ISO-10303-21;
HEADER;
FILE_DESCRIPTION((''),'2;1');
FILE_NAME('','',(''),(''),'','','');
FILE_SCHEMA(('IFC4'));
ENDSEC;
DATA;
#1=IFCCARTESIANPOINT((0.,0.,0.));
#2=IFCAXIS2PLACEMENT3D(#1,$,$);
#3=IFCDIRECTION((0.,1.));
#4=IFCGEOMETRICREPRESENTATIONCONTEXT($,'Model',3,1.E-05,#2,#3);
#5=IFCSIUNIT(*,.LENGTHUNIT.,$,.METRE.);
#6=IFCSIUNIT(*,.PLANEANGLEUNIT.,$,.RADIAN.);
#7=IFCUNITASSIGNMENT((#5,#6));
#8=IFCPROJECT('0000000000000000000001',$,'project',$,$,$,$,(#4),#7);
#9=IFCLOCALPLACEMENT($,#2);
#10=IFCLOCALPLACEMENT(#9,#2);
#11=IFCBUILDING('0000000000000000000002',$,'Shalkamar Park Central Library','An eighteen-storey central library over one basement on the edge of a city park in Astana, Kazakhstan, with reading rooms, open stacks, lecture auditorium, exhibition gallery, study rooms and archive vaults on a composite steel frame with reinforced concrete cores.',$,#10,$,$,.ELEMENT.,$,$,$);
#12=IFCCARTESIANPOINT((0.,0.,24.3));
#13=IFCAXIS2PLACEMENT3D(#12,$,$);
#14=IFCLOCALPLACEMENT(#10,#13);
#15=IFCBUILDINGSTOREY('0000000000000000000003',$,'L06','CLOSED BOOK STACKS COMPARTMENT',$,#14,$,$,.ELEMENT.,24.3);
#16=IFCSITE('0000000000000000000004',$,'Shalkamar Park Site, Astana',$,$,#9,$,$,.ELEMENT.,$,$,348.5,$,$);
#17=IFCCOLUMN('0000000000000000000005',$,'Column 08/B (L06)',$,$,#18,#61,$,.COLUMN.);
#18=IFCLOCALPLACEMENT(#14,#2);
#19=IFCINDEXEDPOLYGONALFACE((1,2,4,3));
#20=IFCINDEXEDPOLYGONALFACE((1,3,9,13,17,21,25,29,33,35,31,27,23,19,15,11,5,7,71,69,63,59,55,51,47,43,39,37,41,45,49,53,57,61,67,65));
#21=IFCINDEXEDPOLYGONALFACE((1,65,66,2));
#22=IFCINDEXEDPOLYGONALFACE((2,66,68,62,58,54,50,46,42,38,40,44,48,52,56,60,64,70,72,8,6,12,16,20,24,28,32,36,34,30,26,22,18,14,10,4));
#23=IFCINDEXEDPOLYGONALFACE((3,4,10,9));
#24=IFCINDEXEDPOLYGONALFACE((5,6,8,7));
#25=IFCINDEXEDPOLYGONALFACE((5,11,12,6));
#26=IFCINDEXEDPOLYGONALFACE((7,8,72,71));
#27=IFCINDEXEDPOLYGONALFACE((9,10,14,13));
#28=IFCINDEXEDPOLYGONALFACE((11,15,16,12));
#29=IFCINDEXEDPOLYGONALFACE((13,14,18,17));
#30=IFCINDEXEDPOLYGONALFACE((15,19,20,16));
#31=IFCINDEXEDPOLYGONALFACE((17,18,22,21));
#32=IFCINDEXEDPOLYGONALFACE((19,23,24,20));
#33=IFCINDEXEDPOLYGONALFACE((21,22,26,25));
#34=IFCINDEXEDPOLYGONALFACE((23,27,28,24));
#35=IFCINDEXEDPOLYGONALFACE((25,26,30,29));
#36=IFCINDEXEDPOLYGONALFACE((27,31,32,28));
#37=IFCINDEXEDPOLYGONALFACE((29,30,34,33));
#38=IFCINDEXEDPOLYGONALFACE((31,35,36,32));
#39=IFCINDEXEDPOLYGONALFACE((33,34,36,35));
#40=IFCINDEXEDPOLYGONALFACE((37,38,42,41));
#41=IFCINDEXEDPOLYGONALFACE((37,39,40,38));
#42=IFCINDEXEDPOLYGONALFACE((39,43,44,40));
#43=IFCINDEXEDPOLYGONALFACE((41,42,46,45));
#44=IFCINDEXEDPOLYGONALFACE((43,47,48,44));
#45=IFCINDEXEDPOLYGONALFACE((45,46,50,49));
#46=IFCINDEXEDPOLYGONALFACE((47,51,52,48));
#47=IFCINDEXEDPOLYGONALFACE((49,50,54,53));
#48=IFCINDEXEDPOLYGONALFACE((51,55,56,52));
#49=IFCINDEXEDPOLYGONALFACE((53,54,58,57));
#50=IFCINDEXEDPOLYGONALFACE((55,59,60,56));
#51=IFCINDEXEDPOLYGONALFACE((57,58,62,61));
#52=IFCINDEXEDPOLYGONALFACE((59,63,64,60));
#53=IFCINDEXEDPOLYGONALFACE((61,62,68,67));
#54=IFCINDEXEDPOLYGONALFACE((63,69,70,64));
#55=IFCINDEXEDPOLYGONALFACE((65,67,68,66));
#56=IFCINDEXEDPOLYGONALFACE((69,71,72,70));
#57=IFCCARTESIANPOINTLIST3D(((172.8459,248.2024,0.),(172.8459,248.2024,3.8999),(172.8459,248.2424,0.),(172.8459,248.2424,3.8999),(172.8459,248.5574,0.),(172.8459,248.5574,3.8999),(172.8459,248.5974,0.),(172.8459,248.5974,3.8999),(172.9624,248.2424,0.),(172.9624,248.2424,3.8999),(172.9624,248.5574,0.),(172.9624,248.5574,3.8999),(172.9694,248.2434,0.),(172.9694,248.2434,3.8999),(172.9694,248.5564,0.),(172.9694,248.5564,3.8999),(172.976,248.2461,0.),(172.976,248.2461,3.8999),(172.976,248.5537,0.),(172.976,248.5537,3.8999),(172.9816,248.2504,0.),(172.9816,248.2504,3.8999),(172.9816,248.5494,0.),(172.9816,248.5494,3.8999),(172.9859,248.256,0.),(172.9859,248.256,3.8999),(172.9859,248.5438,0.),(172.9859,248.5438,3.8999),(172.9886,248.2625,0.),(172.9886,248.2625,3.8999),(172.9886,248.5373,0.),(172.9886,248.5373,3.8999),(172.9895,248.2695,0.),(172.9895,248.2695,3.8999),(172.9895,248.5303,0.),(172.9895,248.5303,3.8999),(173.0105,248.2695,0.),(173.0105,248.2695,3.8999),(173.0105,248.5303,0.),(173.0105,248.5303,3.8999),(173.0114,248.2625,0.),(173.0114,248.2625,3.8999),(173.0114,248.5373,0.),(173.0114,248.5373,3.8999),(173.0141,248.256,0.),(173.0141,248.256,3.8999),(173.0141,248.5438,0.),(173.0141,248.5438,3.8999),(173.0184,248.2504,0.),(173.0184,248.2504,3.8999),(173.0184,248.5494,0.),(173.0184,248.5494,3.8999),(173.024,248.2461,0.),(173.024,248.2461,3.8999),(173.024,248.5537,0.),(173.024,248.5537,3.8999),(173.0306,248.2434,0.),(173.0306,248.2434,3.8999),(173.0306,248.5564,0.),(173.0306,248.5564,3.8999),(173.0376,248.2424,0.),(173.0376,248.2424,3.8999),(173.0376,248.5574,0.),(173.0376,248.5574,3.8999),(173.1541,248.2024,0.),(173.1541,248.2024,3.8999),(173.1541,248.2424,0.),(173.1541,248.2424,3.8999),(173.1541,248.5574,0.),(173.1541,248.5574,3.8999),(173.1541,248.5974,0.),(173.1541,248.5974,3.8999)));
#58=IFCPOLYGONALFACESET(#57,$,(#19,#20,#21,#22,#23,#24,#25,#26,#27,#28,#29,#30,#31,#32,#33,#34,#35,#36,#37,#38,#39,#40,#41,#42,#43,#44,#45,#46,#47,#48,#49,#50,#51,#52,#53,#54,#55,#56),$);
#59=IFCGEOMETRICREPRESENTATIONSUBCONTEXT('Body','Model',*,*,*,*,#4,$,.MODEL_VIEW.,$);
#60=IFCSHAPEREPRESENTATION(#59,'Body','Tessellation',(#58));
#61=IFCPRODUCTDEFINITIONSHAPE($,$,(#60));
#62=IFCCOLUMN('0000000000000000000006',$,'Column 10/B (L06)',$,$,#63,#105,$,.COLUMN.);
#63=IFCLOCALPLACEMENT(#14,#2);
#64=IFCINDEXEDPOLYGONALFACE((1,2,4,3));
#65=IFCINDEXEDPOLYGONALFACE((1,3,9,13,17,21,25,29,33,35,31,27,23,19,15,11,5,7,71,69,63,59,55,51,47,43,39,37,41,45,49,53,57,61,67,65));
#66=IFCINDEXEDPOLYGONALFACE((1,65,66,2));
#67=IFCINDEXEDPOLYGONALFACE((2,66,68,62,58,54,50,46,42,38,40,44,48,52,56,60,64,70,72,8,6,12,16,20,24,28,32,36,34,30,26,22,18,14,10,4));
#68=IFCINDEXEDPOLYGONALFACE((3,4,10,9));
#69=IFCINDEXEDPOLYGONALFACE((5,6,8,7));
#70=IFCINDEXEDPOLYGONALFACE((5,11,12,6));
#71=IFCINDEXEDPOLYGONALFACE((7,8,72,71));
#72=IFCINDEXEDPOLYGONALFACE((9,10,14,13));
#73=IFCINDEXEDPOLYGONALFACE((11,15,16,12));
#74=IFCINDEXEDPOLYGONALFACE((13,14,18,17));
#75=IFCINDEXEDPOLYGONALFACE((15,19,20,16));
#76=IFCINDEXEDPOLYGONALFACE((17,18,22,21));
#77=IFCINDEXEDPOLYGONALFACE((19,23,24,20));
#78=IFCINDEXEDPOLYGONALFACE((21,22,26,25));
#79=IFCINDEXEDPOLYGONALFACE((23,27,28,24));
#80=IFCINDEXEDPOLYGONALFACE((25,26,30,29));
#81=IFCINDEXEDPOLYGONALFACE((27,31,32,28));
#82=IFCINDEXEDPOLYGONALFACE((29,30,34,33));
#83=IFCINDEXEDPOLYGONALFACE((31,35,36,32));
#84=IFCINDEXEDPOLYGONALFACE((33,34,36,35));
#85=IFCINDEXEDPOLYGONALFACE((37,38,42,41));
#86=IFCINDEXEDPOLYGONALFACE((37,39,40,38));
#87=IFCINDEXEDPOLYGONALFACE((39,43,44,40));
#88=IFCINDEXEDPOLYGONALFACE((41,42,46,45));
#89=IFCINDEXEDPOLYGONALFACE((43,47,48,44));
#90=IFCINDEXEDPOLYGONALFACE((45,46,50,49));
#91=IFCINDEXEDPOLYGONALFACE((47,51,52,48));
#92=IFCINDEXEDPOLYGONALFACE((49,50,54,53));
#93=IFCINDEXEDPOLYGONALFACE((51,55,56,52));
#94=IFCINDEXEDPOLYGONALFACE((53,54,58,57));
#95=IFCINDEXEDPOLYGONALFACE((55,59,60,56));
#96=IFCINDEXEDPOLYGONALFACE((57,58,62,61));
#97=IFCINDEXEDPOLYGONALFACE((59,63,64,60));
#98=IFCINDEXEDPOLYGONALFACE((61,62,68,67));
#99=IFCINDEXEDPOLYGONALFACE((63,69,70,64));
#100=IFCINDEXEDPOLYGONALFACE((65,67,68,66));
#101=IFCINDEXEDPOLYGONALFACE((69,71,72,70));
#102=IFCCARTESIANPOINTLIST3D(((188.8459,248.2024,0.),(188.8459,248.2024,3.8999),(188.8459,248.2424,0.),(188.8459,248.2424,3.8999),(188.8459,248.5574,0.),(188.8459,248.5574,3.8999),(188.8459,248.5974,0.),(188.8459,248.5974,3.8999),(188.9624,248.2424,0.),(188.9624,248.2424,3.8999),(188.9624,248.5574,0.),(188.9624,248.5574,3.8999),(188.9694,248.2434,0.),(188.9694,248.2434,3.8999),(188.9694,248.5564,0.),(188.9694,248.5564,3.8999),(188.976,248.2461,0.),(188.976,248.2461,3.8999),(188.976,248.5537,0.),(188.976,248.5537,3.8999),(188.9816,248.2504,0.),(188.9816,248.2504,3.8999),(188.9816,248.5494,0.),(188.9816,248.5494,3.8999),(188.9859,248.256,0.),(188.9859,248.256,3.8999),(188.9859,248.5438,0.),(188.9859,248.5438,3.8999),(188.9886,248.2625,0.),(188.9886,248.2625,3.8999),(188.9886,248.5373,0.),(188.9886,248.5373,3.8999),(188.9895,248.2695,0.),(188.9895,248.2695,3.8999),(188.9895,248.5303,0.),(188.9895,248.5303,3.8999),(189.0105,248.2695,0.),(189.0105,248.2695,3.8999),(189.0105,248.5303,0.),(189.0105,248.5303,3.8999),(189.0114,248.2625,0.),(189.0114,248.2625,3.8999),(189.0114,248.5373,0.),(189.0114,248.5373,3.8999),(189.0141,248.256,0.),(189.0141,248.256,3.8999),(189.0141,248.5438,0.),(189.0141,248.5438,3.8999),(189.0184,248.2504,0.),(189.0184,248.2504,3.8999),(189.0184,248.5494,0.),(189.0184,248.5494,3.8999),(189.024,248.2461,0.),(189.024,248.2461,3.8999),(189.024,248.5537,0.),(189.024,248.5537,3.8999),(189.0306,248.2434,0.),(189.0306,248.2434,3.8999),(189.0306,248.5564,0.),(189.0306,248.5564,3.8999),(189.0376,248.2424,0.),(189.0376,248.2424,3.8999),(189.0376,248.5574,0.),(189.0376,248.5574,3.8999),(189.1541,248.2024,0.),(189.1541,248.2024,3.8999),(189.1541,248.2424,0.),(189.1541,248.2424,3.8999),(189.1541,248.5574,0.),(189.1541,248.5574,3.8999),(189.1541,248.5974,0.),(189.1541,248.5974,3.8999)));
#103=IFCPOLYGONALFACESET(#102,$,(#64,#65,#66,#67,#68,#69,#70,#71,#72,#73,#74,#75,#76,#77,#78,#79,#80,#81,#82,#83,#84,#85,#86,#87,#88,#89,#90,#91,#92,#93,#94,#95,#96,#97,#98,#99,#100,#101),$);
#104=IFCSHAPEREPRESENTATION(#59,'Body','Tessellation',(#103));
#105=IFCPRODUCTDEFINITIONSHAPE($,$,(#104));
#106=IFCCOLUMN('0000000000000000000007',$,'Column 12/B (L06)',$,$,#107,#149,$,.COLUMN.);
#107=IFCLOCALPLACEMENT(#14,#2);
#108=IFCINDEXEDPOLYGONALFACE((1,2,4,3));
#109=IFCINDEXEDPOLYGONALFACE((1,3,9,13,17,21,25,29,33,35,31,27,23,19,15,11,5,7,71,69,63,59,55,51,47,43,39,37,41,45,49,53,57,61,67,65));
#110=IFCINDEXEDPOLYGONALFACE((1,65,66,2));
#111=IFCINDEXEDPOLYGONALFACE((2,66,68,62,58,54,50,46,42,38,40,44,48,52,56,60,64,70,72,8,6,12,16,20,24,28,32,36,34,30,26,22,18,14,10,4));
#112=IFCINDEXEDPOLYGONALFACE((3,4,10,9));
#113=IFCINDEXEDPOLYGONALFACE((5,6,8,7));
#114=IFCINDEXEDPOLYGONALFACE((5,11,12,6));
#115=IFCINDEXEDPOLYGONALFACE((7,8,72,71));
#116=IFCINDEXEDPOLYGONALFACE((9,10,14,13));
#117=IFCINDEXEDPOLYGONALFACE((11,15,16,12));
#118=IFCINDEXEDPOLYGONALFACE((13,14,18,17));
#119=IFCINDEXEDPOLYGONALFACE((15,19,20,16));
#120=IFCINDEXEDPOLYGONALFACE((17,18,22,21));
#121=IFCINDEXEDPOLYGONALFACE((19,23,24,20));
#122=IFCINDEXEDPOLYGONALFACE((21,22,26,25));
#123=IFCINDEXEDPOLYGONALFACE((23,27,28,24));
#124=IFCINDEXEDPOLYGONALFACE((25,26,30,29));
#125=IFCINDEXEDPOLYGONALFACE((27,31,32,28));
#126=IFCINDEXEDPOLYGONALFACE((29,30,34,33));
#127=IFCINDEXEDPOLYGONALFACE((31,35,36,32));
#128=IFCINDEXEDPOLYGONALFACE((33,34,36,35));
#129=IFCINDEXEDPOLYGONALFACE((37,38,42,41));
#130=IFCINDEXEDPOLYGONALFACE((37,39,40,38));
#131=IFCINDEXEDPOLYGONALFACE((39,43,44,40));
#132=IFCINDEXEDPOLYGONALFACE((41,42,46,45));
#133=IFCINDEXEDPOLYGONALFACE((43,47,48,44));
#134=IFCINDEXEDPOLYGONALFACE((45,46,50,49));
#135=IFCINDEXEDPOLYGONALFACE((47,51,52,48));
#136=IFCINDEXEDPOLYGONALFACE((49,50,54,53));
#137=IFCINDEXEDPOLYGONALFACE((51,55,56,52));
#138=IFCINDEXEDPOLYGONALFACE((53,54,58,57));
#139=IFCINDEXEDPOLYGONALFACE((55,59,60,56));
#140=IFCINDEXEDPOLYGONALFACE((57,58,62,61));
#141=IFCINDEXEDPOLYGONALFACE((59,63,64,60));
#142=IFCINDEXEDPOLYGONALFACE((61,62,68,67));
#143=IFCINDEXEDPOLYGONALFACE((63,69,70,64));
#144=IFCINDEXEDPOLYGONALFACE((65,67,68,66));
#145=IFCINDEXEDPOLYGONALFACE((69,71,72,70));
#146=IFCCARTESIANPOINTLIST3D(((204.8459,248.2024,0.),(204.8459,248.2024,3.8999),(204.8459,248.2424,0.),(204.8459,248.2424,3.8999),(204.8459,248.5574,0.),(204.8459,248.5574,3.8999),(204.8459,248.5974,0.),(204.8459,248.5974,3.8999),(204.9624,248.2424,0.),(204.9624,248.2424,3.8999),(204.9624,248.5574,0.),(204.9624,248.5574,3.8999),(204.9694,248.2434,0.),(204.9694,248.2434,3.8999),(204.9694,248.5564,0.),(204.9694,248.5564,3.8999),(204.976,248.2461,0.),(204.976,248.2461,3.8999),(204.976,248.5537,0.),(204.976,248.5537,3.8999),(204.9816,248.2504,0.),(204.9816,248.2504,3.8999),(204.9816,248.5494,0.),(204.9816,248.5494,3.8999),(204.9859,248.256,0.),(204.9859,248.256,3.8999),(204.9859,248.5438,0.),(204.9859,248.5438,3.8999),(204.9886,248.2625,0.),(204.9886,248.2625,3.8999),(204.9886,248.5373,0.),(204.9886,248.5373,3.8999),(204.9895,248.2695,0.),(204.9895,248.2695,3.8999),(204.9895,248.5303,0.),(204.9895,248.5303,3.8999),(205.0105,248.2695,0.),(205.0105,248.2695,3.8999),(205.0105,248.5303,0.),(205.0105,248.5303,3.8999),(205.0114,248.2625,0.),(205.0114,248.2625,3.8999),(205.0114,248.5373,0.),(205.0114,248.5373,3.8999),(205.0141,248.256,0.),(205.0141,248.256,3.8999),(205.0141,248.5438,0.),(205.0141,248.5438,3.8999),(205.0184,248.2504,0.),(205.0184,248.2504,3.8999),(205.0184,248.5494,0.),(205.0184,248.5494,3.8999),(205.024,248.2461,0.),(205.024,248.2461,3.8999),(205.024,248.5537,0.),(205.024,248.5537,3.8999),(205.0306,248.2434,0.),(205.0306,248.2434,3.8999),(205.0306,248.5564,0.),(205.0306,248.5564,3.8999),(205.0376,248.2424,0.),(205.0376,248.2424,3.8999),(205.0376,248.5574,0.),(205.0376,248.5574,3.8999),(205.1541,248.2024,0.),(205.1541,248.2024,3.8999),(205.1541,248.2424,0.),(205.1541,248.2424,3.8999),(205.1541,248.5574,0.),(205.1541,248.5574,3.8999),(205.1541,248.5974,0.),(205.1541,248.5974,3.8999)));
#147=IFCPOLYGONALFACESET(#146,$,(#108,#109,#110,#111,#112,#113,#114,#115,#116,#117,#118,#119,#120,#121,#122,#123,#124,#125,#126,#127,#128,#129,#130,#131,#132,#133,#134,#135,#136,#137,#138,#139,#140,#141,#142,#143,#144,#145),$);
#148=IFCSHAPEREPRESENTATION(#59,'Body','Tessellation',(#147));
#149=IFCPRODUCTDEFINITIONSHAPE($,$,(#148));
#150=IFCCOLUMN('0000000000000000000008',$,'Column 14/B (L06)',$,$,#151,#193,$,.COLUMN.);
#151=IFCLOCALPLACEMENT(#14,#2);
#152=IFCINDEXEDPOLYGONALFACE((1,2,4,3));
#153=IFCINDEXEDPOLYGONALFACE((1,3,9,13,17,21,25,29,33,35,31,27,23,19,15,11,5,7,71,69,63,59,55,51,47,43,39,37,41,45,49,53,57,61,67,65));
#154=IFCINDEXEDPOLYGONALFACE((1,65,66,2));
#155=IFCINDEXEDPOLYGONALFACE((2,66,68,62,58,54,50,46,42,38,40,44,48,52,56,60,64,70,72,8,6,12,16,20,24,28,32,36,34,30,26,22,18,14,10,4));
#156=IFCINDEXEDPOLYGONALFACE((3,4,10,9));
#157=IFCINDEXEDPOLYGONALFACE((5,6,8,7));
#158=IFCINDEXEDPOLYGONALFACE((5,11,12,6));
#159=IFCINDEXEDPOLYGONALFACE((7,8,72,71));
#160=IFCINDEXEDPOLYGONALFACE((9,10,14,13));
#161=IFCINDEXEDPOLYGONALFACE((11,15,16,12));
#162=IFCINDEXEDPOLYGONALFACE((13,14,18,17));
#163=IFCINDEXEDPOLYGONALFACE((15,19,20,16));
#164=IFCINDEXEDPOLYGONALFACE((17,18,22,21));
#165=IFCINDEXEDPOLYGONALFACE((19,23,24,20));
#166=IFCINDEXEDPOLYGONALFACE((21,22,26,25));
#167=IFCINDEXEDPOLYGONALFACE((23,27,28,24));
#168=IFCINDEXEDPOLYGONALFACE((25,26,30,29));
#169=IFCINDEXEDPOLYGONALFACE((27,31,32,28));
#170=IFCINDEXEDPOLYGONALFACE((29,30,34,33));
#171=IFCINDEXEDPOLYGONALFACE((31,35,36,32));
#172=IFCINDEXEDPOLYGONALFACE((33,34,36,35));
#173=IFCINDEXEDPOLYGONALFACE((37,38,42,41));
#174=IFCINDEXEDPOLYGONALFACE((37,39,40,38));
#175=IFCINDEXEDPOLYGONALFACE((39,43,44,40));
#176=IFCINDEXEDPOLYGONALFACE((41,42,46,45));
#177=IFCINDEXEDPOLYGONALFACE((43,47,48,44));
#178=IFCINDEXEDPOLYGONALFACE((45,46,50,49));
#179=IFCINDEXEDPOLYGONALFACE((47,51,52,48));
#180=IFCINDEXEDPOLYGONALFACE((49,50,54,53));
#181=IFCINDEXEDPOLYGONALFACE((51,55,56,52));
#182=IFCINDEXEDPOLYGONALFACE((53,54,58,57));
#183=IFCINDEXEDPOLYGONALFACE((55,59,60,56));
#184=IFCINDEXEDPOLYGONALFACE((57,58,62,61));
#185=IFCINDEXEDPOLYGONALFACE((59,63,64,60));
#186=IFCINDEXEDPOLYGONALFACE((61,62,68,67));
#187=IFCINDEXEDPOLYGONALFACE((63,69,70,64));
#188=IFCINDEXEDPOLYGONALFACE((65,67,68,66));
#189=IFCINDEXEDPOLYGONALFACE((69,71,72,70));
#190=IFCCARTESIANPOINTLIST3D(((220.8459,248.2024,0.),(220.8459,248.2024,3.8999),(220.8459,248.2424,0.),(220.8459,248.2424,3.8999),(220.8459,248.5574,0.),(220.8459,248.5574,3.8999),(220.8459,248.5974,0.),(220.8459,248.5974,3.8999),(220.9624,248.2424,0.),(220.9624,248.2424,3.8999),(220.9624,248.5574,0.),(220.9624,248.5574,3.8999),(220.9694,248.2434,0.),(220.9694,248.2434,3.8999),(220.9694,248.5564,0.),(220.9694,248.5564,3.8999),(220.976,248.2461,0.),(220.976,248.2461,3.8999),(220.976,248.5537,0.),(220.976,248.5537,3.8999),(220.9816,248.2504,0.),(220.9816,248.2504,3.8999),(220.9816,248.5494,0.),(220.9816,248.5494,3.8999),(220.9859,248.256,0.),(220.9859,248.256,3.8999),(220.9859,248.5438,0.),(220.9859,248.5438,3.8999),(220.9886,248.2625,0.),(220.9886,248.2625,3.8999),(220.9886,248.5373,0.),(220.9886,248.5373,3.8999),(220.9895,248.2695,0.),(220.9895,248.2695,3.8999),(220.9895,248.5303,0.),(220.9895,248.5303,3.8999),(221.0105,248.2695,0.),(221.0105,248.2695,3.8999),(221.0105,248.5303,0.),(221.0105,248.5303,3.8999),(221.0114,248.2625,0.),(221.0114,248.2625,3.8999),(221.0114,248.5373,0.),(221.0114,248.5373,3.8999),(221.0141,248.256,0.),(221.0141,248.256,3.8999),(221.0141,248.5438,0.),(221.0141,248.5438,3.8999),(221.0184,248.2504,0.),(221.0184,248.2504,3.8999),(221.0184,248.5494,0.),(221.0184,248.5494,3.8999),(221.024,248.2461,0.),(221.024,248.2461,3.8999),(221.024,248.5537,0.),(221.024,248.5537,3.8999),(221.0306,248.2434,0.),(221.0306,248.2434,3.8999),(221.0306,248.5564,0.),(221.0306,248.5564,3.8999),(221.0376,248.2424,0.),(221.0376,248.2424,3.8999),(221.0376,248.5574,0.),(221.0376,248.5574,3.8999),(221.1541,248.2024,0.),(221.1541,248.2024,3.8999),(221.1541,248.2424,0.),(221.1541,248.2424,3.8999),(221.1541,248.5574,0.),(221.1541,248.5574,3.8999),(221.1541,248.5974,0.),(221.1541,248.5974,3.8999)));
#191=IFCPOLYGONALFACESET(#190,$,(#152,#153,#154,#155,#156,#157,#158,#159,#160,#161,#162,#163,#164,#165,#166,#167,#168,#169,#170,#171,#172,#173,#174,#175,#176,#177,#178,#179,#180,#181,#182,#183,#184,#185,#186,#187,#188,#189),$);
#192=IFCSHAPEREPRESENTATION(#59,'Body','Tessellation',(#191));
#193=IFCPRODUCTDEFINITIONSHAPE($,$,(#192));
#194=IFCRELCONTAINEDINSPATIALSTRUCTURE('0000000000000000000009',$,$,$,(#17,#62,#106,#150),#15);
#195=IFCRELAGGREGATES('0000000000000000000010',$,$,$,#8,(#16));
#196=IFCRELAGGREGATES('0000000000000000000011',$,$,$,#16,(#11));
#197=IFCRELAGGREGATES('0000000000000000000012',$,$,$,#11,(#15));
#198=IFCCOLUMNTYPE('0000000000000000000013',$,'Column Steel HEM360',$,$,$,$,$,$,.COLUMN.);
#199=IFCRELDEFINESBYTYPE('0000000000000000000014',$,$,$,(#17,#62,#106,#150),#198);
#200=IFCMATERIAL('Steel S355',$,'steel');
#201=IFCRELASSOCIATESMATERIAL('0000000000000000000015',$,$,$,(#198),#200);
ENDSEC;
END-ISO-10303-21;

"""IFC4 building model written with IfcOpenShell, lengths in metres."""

from ifc_helpers import new_model, si_unit, direction, frame, origin, origin_2d, place, context, subcontext, project, spatial, i_section, extrude, material, material_profile, profile_set, type_object, element, save


model = new_model("IFC4")

# Units and contexts
model_context = context("Model", 3, precision=1e-05, world=origin(), true_north=direction((0.0, 1.0)))
body_context = subcontext(model_context, "Body", "Model", "MODEL_VIEW")
ifc_project = project(units=[si_unit("LENGTHUNIT", "METRE"), si_unit("PLANEANGLEUNIT", "RADIAN")], contexts=[model_context])

# Site, building, storey
site_placement = place(None, origin())
site = spatial("IfcSite", under=ifc_project, at=site_placement, Name="Shalkamar Park Site, Astana", CompositionType="ELEMENT", RefElevation=348.5)
building_placement = place(site_placement, origin())
building = spatial("IfcBuilding", under=site, at=building_placement, Name="Shalkamar Park Central Library", Description="An eighteen-storey central library over one basement on the edge of a city park in Astana, Kazakhstan, with reading rooms, open stacks, lecture auditorium, exhibition gallery, study rooms and archive vaults on a composite steel frame with reinforced concrete cores.", CompositionType="ELEMENT")
storey_placement = place(building_placement, frame((0.0, 0.0, 24.3)))
storey = spatial("IfcBuildingStorey", under=building, at=storey_placement, Name="L06", Description="CLOSED BOOK STACKS COMPARTMENT", CompositionType="ELEMENT", Elevation=24.3)

# Columns
ifc_material_1 = material(Name="Steel S355", Category="steel")
ifc_material_profile_1 = material_profile(ifc_material_1, i_section(OverallWidth=0.3081, OverallDepth=0.395, WebThickness=0.021, FlangeThickness=0.04, FilletRadius=0.0271, at=origin_2d()), Name="HEM 360")
ifc_profile_set_1 = profile_set([ifc_material_profile_1], Name="Steel S355")
column_type_1 = type_object("IfcColumnType", Name="Column Steel HEM360", PredefinedType="COLUMN", material=ifc_profile_set_1)
for number, where, z_axis, x_axis, name in (
    (1, (173.0, 248.3999, 0.0), (0.0, 0.0, 1.0), (1.0, 0.0, 0.0), "Column 08/B (L06)"),
    (2, (189.0, 248.3999, 0.0), (0.0, 0.0, 1.0), (1.0, 0.0, 0.0), "Column 10/B (L06)"),
    (3, (205.0, 248.3999, 0.0), (0.0, 0.0, 1.0), (1.0, 0.0, 0.0), "Column 12/B (L06)"),
    (4, (221.0, 248.3999, 0.0), (0.0, 0.0, 1.0), (1.0, 0.0, 0.0), "Column 14/B (L06)"),
):
    element("IfcColumn", number, at=place(storey_placement, frame(where, z_axis=z_axis, x_axis=x_axis)), inside=storey, type_object=column_type_1, Name=name, PredefinedType="COLUMN", context=body_context, shape_type="SweptSolid", body=[
        extrude(i_section(OverallWidth=0.3081, OverallDepth=0.395, WebThickness=0.021, FlangeThickness=0.04, FilletRadius=0.0271, at=origin_2d()), origin(), (0.0, 0.0, 1.0), 3.8999),
    ])

save(model, "model.ifc")
